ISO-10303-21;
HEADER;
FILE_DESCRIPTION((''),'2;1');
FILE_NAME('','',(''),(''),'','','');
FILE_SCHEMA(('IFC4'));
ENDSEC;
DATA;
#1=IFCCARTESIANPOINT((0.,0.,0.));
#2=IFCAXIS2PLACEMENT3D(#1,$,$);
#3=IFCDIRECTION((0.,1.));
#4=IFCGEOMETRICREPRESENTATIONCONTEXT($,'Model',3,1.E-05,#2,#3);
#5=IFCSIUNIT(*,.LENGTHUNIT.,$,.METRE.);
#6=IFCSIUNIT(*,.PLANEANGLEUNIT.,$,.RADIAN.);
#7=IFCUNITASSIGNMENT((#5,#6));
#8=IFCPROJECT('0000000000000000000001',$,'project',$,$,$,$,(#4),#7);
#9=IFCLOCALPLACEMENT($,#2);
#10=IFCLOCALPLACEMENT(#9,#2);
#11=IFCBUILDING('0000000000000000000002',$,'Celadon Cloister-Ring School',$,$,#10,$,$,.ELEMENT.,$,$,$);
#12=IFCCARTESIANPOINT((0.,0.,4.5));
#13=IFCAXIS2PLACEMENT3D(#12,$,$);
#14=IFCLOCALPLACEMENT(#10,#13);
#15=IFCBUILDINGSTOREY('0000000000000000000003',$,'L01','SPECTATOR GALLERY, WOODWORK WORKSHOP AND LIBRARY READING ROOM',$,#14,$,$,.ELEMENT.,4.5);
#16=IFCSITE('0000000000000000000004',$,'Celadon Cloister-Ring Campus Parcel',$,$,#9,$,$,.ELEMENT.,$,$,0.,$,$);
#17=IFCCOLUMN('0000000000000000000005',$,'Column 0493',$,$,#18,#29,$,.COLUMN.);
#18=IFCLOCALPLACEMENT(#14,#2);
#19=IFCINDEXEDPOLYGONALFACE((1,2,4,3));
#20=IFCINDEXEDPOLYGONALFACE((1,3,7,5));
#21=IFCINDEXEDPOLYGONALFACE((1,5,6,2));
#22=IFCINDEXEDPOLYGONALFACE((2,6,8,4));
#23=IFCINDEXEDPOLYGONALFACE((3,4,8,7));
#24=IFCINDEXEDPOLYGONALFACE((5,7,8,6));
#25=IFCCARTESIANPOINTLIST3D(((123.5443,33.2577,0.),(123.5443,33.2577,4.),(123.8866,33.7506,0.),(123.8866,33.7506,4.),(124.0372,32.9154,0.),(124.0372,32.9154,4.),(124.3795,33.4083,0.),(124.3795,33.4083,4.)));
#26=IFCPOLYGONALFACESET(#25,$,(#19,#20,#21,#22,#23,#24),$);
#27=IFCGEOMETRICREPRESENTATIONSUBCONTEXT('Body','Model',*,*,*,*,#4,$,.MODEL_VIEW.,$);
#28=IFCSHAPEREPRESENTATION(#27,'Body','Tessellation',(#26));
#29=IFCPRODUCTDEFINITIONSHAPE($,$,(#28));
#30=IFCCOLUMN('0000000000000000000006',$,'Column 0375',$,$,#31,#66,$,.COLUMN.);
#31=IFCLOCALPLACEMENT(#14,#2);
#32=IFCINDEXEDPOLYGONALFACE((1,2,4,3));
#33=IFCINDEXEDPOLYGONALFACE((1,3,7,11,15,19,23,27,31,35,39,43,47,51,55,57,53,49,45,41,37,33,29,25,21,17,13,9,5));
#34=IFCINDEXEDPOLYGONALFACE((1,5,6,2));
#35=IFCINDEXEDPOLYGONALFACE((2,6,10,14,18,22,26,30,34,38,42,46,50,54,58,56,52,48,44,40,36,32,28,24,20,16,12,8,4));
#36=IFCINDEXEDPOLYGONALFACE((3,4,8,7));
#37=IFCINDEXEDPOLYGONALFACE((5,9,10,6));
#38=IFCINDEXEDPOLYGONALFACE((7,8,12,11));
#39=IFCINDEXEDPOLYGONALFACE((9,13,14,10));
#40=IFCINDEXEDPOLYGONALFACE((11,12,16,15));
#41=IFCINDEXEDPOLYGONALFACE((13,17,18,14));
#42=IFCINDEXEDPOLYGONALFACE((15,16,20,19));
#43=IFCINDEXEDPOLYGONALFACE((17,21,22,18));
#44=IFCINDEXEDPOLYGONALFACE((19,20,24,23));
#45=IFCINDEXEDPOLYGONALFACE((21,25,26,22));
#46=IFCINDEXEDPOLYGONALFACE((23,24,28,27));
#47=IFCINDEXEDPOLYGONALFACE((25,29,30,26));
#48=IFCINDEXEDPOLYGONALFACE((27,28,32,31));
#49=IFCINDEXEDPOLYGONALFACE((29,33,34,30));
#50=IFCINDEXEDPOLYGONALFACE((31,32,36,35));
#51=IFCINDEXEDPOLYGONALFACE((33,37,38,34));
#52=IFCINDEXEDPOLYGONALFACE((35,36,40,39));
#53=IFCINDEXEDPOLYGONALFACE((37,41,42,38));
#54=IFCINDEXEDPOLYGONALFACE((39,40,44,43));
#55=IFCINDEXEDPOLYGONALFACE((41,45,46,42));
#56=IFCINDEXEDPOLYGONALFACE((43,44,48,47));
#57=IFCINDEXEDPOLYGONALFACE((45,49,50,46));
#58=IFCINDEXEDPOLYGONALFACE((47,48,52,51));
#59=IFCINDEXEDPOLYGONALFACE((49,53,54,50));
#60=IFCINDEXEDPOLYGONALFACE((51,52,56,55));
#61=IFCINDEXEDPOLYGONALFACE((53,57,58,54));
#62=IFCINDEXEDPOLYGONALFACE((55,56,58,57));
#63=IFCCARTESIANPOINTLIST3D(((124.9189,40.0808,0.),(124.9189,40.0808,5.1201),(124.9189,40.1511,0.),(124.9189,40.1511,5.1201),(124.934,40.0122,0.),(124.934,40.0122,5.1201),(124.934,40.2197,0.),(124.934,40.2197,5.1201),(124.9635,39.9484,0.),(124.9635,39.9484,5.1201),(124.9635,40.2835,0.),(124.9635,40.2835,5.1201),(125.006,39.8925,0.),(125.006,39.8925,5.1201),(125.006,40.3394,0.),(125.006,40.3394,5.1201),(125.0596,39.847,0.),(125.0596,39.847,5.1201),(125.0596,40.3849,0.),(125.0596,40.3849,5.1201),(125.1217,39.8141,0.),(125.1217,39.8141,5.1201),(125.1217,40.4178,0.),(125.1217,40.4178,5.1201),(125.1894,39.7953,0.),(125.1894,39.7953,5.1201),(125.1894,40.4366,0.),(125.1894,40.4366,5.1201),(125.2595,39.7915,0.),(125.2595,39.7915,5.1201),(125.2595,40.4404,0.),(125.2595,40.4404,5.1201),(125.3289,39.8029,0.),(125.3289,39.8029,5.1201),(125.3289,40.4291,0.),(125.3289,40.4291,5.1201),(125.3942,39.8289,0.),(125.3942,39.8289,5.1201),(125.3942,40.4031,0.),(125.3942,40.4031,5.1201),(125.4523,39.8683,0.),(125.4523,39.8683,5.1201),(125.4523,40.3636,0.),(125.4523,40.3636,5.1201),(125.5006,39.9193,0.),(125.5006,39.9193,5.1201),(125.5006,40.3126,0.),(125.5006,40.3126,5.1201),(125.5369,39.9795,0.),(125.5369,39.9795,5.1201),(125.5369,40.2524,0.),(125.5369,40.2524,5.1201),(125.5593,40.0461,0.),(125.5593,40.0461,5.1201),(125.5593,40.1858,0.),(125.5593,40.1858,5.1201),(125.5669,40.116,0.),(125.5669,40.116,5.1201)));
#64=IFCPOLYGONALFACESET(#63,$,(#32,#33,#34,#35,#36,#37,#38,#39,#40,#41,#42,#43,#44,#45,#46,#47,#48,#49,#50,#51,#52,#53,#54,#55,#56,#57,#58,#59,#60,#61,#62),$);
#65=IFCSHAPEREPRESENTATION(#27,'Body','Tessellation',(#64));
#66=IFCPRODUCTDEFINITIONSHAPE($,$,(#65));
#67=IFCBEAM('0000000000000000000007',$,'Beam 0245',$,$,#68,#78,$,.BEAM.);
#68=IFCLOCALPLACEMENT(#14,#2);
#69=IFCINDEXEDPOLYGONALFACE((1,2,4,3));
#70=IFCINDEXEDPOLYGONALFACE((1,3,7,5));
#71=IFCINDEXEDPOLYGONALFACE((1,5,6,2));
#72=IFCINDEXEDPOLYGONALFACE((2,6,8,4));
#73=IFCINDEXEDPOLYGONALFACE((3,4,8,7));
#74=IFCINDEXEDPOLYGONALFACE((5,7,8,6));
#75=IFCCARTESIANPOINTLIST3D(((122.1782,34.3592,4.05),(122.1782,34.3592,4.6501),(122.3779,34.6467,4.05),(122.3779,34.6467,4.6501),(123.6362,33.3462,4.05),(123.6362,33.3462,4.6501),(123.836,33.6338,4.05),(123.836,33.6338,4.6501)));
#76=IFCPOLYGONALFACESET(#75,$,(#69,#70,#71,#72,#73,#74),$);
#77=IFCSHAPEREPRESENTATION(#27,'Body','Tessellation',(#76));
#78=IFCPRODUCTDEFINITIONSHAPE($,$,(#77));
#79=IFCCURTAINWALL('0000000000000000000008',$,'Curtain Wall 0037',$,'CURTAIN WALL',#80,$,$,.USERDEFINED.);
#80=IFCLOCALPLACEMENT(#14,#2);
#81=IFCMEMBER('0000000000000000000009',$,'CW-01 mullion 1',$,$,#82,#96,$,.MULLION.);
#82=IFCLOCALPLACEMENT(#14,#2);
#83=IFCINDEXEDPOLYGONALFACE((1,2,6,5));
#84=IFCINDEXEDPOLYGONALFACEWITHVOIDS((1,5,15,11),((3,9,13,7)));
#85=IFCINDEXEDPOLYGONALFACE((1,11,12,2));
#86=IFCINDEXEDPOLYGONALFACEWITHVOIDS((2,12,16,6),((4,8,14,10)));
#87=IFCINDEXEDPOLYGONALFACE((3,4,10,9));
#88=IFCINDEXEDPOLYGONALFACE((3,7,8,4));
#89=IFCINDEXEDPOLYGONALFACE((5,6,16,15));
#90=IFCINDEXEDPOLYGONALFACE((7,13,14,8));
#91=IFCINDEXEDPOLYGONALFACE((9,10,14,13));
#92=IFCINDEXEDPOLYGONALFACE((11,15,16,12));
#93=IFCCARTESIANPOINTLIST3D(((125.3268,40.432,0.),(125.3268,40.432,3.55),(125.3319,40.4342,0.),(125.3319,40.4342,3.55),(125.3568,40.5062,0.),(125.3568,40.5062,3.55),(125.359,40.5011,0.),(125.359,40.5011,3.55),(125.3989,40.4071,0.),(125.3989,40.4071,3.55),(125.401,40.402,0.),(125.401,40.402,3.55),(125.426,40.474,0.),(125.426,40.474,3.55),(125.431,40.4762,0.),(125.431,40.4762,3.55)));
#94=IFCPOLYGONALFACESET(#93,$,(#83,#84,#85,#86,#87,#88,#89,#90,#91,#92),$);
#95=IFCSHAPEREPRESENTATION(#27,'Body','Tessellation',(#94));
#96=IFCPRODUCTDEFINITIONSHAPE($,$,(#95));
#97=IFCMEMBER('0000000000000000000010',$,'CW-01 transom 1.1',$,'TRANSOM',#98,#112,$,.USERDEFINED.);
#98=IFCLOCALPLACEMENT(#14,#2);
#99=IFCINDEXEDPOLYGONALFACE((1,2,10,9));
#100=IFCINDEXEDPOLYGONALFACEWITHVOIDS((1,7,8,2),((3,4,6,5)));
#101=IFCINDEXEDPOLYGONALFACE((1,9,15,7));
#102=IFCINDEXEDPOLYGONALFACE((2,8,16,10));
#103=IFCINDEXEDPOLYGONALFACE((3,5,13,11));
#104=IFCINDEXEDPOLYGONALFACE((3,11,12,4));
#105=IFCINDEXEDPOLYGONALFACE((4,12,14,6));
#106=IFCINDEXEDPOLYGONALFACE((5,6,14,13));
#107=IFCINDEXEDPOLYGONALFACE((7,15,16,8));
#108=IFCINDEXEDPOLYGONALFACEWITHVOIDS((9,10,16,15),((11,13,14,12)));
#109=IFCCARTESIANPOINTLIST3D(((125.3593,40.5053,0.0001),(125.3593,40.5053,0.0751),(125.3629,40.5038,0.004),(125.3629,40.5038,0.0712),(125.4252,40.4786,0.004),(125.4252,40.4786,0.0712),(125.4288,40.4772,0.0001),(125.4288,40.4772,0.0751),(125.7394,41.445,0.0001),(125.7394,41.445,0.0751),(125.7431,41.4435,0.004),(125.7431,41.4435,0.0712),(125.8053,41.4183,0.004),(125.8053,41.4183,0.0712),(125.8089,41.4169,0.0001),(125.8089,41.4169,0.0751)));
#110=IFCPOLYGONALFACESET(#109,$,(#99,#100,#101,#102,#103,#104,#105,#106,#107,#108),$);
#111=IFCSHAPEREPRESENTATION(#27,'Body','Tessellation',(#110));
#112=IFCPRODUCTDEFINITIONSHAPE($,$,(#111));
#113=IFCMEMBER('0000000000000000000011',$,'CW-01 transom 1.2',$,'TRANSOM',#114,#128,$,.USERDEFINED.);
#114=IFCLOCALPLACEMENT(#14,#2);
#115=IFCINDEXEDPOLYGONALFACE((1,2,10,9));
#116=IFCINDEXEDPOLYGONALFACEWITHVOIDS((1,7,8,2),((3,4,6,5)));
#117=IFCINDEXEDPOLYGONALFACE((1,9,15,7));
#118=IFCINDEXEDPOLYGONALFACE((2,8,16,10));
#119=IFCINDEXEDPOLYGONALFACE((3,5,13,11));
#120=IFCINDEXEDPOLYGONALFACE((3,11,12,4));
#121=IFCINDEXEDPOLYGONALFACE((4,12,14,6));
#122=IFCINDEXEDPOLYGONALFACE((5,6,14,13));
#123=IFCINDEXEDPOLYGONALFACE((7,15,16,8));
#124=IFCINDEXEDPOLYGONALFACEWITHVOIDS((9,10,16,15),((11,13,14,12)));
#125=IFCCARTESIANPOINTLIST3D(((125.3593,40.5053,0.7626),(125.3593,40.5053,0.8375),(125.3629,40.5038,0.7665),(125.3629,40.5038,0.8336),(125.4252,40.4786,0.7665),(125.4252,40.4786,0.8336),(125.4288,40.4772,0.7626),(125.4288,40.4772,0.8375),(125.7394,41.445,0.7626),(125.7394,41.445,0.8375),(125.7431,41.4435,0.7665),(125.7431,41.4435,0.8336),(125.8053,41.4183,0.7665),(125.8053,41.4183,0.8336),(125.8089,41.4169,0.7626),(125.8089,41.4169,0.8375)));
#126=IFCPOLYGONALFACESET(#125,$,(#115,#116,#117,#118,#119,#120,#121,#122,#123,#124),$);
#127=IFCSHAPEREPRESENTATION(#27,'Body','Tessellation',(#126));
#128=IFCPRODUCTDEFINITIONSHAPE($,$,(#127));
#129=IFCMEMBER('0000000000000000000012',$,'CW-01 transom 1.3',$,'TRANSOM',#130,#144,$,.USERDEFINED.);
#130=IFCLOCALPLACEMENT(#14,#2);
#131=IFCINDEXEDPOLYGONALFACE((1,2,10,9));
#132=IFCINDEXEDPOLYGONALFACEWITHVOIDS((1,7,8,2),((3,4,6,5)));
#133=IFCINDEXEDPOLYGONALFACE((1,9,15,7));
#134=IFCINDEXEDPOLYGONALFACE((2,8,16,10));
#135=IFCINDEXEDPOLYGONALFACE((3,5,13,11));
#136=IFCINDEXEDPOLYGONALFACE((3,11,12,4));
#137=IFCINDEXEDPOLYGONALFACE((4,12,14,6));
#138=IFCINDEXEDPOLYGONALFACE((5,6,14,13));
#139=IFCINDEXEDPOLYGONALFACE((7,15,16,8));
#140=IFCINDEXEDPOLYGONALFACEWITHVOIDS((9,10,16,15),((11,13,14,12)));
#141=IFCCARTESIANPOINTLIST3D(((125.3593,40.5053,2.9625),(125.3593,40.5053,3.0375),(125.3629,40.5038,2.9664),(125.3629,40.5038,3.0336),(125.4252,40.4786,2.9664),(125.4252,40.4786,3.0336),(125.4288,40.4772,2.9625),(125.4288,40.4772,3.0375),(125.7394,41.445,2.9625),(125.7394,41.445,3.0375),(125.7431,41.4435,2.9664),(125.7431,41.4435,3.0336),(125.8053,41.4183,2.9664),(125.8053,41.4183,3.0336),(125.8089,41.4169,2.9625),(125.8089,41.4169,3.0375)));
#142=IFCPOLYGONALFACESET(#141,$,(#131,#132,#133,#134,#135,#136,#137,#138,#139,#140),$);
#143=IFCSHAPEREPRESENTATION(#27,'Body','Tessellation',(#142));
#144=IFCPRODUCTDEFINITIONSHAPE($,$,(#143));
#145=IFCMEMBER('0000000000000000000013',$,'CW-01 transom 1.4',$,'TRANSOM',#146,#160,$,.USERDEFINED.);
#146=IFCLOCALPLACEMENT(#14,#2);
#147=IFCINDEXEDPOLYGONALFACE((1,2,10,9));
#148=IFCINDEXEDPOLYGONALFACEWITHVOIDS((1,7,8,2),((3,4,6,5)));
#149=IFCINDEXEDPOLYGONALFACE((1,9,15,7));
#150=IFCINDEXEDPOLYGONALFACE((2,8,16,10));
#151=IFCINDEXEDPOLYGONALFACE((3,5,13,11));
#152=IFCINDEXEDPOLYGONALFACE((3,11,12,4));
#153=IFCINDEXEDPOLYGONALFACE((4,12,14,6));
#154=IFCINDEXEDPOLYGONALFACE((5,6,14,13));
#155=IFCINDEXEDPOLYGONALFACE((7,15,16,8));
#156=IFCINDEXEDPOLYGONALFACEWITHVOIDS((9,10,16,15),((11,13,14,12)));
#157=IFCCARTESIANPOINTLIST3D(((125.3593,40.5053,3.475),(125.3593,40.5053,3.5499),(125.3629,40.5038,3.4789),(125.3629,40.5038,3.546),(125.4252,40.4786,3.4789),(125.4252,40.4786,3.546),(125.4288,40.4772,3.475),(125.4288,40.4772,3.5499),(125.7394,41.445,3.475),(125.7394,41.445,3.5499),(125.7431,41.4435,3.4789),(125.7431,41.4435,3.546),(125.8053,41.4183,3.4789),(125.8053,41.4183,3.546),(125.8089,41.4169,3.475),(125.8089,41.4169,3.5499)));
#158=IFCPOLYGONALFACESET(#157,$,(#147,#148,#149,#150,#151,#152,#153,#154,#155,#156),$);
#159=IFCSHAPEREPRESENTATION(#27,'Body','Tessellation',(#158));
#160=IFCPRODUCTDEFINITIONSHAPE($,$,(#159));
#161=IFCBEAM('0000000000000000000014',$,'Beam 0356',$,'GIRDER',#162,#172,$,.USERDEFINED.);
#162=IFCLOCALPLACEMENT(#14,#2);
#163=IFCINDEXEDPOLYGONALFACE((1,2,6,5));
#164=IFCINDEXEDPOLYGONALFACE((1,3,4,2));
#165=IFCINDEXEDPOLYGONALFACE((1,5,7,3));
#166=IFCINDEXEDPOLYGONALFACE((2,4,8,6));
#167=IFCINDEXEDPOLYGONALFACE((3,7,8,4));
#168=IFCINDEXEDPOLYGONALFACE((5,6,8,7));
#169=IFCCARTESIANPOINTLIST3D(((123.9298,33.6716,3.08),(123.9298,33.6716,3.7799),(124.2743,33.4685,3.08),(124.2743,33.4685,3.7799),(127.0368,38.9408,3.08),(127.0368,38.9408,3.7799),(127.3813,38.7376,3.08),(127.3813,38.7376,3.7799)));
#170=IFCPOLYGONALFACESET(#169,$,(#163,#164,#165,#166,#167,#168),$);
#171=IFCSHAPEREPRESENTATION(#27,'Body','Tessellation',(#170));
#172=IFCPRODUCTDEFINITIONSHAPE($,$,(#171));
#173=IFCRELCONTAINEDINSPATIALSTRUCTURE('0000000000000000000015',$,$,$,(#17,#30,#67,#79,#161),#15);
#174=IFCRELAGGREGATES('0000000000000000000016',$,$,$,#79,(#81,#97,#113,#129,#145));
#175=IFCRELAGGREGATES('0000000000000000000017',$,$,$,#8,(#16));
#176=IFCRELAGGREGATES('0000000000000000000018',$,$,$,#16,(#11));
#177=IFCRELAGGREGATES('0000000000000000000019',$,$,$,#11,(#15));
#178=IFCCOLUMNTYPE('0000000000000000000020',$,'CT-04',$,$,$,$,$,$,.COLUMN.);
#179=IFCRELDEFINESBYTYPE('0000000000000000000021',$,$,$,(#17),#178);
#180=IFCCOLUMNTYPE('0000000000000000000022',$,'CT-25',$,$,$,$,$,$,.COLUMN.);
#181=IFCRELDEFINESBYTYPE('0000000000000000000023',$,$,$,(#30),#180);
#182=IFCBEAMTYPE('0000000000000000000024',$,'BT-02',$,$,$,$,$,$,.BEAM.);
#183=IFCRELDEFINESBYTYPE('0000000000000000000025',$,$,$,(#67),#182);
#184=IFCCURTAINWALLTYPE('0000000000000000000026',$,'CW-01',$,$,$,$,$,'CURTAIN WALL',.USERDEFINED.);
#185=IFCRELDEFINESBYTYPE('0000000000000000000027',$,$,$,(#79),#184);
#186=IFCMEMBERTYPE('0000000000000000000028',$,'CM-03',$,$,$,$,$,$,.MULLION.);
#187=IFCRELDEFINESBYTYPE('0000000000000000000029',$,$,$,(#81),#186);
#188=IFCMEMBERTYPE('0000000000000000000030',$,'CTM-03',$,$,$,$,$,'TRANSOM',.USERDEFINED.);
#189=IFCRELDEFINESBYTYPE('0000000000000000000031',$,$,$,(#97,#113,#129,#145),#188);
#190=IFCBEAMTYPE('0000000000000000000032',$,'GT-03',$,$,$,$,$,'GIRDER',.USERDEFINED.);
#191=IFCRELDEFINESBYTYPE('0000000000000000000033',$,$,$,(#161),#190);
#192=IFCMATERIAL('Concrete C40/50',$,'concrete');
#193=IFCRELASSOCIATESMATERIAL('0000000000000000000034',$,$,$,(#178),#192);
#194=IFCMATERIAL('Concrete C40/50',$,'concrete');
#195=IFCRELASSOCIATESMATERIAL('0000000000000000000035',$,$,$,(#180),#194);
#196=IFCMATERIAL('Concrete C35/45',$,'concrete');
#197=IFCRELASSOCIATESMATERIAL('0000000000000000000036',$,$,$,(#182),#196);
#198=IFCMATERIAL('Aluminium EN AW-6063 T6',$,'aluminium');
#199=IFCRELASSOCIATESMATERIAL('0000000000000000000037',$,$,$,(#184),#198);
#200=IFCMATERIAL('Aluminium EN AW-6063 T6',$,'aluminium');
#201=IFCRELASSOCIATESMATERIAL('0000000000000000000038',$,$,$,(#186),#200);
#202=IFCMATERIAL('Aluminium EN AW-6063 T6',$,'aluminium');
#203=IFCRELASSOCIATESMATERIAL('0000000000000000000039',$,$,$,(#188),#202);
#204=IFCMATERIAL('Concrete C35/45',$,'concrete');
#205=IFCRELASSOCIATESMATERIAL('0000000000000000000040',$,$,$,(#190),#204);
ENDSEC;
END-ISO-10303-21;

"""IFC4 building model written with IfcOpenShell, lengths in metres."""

from ifc_helpers import new_model, si_unit, direction, frame, origin, origin_2d, place, context, subcontext, project, spatial, rectangle, hollow_rectangle, circle, extrude, material, material_profile, profile_set, type_object, element, aggregate, save


model = new_model("IFC4")

# Units and contexts
model_context = context("Model", 3, precision=1e-05, world=origin(), true_north=direction((0.0, 1.0)))
body_context = subcontext(model_context, "Body", "Model", "MODEL_VIEW")
ifc_project = project(units=[si_unit("LENGTHUNIT", "METRE"), si_unit("PLANEANGLEUNIT", "RADIAN")], contexts=[model_context])

# Site, building, storey
site_placement = place(None, origin())
site = spatial("IfcSite", under=ifc_project, at=site_placement, Name="Celadon Cloister-Ring Campus Parcel", CompositionType="ELEMENT", RefElevation=0.0)
building_placement = place(site_placement, origin())
building = spatial("IfcBuilding", under=site, at=building_placement, Name="Celadon Cloister-Ring School", CompositionType="ELEMENT")
storey_placement = place(building_placement, frame((0.0, 0.0, 4.5)))
storey = spatial("IfcBuildingStorey", under=building, at=storey_placement, Name="L01", Description="SPECTATOR GALLERY, WOODWORK WORKSHOP AND LIBRARY READING ROOM", CompositionType="ELEMENT", Elevation=4.5)

# Columns
ifc_material_1 = material(Name="Concrete C40/50", Category="concrete")
ifc_material_profile_1 = material_profile(ifc_material_1, rectangle(XDim=0.6001, YDim=0.6001, at=origin_2d()), Name="RC600X600")
ifc_profile_set_1 = profile_set([ifc_material_profile_1], Name="Concrete C40/50")
column_type_1 = type_object("IfcColumnType", Name="CT-04", PredefinedType="COLUMN", material=ifc_profile_set_1)
column_1_placement = place(storey_placement, frame((123.9619, 33.333, 0.0), z_axis=(0.0, 0.0, 1.0), x_axis=(0.821388, -0.57037, 0.0)))
element("IfcColumn", 1, at=column_1_placement, inside=storey, type_object=column_type_1, Name="Column 0493", PredefinedType="COLUMN", context=body_context, shape_type="SweptSolid", body=[
    extrude(rectangle(XDim=0.6001, YDim=0.6001, at=origin_2d()), origin(), (0.0, 0.0, 1.0), 4.0),
])
ifc_material_2 = material(Name="Concrete C40/50", Category="concrete")
ifc_material_profile_2 = material_profile(ifc_material_2, circle(Radius=0.325, at=origin_2d()), Name="CIRC650")
ifc_profile_set_2 = profile_set([ifc_material_profile_2], Name="Concrete C40/50")
column_type_2 = type_object("IfcColumnType", Name="CT-25", PredefinedType="COLUMN", material=ifc_profile_set_2)
column_2_placement = place(storey_placement, frame((125.2419, 40.116, 0.0), z_axis=(0.0, 0.0, 1.0), x_axis=(1.0, 0.0, 0.0)))
element("IfcColumn", 2, at=column_2_placement, inside=storey, type_object=column_type_2, Name="Column 0375", PredefinedType="COLUMN", context=body_context, shape_type="SweptSolid", body=[
    extrude(circle(Radius=0.325, at=origin_2d()), origin(), (0.0, 0.0, 1.0), 5.1201),
])

# Beam
ifc_material_3 = material(Name="Concrete C35/45", Category="concrete")
ifc_material_profile_3 = material_profile(ifc_material_3, rectangle(XDim=0.3501, YDim=0.6001, at=origin_2d()), Name="RC350X600")
ifc_profile_set_3 = profile_set([ifc_material_profile_3], Name="Concrete C35/45")
beam_type_1 = type_object("IfcBeamType", Name="BT-02", PredefinedType="BEAM", material=ifc_profile_set_3)
beam_1_placement = place(storey_placement, frame((123.7361, 33.49, 4.3501), z_axis=(-0.821255, 0.570561, 0.0), x_axis=(-0.570561, -0.821255, 0.0)))
element("IfcBeam", 3, at=beam_1_placement, inside=storey, type_object=beam_type_1, Name="Beam 0245", PredefinedType="BEAM", context=body_context, shape_type="SweptSolid", body=[
    extrude(rectangle(XDim=0.3501, YDim=0.6001, at=origin_2d()), origin(), (0.0, 0.0, 1.0), 1.7754),
])

# Curtain wall, members
ifc_material_4 = material(Name="Aluminium EN AW-6063 T6", Category="aluminium")
curtain_wall_type = type_object("IfcCurtainWallType", Name="CW-01", ElementType="CURTAIN WALL", PredefinedType="USERDEFINED", material=ifc_material_4)
curtain_wall_placement = place(storey_placement, origin())
curtain_wall = element("IfcCurtainWall", 4, at=curtain_wall_placement, inside=storey, type_object=curtain_wall_type, Name="Curtain Wall 0037", ObjectType="CURTAIN WALL", PredefinedType="USERDEFINED")
ifc_material_5 = material(Name="Aluminium EN AW-6063 T6", Category="aluminium")
ifc_material_profile_4 = material_profile(ifc_material_5, hollow_rectangle(XDim=0.0801, YDim=0.0801, WallThickness=0.0039, at=origin_2d()), Name="RHS80X80X4")
ifc_profile_set_4 = profile_set([ifc_material_profile_4], Name="Aluminium EN AW-6063 T6")
member_type_1 = type_object("IfcMemberType", Name="CM-03", PredefinedType="MULLION", material=ifc_profile_set_4)
member_1_placement = place(storey_placement, frame((125.3789, 40.4541, 0.0), z_axis=(0.0, 0.0, 1.0), x_axis=(-0.92701, 0.375038, 0.0)))
member_1 = element("IfcMember", 5, at=member_1_placement, type_object=member_type_1, Name="CW-01 mullion 1", PredefinedType="MULLION", context=body_context, shape_type="SweptSolid", body=[
    extrude(hollow_rectangle(XDim=0.0801, YDim=0.0801, WallThickness=0.0039, at=origin_2d()), origin(), (0.0, 0.0, 1.0), 3.55),
])
ifc_material_6 = material(Name="Aluminium EN AW-6063 T6", Category="aluminium")
ifc_material_profile_5 = material_profile(ifc_material_6, hollow_rectangle(XDim=0.075, YDim=0.075, WallThickness=0.0039, at=origin_2d()), Name="RHS75X75X4")
ifc_profile_set_5 = profile_set([ifc_material_profile_5], Name="Aluminium EN AW-6063 T6")
member_type_2 = type_object("IfcMemberType", Name="CTM-03", ElementType="TRANSOM", PredefinedType="USERDEFINED", material=ifc_profile_set_5)
member_2_placement = place(storey_placement, frame((125.394, 40.4912, 0.0376), z_axis=(0.375001, 0.927025, 0.0), x_axis=(-0.927025, 0.375001, 0.0)))
member_2 = element("IfcMember", 6, at=member_2_placement, type_object=member_type_2, Name="CW-01 transom 1.1", ObjectType="TRANSOM", PredefinedType="USERDEFINED", context=body_context, shape_type="SweptSolid", body=[
    extrude(hollow_rectangle(XDim=0.075, YDim=0.075, WallThickness=0.0039, at=origin_2d()), origin(), (0.0, 0.0, 1.0), 1.0137),
])
member_3_placement = place(storey_placement, frame((125.394, 40.4912, 0.8), z_axis=(0.375001, 0.927025, 0.0), x_axis=(-0.927025, 0.375001, 0.0)))
member_3 = element("IfcMember", 7, at=member_3_placement, type_object=member_type_2, Name="CW-01 transom 1.2", ObjectType="TRANSOM", PredefinedType="USERDEFINED", context=body_context, shape_type="SweptSolid", body=[
    extrude(hollow_rectangle(XDim=0.075, YDim=0.075, WallThickness=0.0039, at=origin_2d()), origin(), (0.0, 0.0, 1.0), 1.0137),
])
member_4_placement = place(storey_placement, frame((125.394, 40.4912, 3.0), z_axis=(0.375001, 0.927025, 0.0), x_axis=(-0.927025, 0.375001, 0.0)))
member_4 = element("IfcMember", 8, at=member_4_placement, type_object=member_type_2, Name="CW-01 transom 1.3", ObjectType="TRANSOM", PredefinedType="USERDEFINED", context=body_context, shape_type="SweptSolid", body=[
    extrude(hollow_rectangle(XDim=0.075, YDim=0.075, WallThickness=0.0039, at=origin_2d()), origin(), (0.0, 0.0, 1.0), 1.0137),
])
member_5_placement = place(storey_placement, frame((125.394, 40.4912, 3.5125), z_axis=(0.375001, 0.927025, 0.0), x_axis=(-0.927025, 0.375001, 0.0)))
member_5 = element("IfcMember", 9, at=member_5_placement, type_object=member_type_2, Name="CW-01 transom 1.4", ObjectType="TRANSOM", PredefinedType="USERDEFINED", context=body_context, shape_type="SweptSolid", body=[
    extrude(hollow_rectangle(XDim=0.075, YDim=0.075, WallThickness=0.0039, at=origin_2d()), origin(), (0.0, 0.0, 1.0), 1.0137),
])

# Beam
ifc_material_7 = material(Name="Concrete C35/45", Category="concrete")
ifc_material_profile_6 = material_profile(ifc_material_7, rectangle(XDim=0.3999, YDim=0.7, at=origin_2d()), Name="RC400X700")
ifc_profile_set_6 = profile_set([ifc_material_profile_6], Name="Concrete C35/45")
beam_type_2 = type_object("IfcBeamType", Name="GT-03", ElementType="GIRDER", PredefinedType="USERDEFINED", material=ifc_profile_set_6)
beam_2_placement = place(storey_placement, frame((124.1021, 33.5701, 3.4299), z_axis=(0.50793, 0.861398, 0.0), x_axis=(-0.861398, 0.50793, 0.0)))
element("IfcBeam", 10, at=beam_2_placement, inside=storey, type_object=beam_type_2, Name="Beam 0356", ObjectType="GIRDER", PredefinedType="USERDEFINED", context=body_context, shape_type="SweptSolid", body=[
    extrude(rectangle(XDim=0.3999, YDim=0.7, at=origin_2d()), origin(), (0.0, 0.0, 1.0), 6.1169),
])

aggregate(curtain_wall, [member_1, member_2, member_3, member_4, member_5])

save(model, "model.ifc")
